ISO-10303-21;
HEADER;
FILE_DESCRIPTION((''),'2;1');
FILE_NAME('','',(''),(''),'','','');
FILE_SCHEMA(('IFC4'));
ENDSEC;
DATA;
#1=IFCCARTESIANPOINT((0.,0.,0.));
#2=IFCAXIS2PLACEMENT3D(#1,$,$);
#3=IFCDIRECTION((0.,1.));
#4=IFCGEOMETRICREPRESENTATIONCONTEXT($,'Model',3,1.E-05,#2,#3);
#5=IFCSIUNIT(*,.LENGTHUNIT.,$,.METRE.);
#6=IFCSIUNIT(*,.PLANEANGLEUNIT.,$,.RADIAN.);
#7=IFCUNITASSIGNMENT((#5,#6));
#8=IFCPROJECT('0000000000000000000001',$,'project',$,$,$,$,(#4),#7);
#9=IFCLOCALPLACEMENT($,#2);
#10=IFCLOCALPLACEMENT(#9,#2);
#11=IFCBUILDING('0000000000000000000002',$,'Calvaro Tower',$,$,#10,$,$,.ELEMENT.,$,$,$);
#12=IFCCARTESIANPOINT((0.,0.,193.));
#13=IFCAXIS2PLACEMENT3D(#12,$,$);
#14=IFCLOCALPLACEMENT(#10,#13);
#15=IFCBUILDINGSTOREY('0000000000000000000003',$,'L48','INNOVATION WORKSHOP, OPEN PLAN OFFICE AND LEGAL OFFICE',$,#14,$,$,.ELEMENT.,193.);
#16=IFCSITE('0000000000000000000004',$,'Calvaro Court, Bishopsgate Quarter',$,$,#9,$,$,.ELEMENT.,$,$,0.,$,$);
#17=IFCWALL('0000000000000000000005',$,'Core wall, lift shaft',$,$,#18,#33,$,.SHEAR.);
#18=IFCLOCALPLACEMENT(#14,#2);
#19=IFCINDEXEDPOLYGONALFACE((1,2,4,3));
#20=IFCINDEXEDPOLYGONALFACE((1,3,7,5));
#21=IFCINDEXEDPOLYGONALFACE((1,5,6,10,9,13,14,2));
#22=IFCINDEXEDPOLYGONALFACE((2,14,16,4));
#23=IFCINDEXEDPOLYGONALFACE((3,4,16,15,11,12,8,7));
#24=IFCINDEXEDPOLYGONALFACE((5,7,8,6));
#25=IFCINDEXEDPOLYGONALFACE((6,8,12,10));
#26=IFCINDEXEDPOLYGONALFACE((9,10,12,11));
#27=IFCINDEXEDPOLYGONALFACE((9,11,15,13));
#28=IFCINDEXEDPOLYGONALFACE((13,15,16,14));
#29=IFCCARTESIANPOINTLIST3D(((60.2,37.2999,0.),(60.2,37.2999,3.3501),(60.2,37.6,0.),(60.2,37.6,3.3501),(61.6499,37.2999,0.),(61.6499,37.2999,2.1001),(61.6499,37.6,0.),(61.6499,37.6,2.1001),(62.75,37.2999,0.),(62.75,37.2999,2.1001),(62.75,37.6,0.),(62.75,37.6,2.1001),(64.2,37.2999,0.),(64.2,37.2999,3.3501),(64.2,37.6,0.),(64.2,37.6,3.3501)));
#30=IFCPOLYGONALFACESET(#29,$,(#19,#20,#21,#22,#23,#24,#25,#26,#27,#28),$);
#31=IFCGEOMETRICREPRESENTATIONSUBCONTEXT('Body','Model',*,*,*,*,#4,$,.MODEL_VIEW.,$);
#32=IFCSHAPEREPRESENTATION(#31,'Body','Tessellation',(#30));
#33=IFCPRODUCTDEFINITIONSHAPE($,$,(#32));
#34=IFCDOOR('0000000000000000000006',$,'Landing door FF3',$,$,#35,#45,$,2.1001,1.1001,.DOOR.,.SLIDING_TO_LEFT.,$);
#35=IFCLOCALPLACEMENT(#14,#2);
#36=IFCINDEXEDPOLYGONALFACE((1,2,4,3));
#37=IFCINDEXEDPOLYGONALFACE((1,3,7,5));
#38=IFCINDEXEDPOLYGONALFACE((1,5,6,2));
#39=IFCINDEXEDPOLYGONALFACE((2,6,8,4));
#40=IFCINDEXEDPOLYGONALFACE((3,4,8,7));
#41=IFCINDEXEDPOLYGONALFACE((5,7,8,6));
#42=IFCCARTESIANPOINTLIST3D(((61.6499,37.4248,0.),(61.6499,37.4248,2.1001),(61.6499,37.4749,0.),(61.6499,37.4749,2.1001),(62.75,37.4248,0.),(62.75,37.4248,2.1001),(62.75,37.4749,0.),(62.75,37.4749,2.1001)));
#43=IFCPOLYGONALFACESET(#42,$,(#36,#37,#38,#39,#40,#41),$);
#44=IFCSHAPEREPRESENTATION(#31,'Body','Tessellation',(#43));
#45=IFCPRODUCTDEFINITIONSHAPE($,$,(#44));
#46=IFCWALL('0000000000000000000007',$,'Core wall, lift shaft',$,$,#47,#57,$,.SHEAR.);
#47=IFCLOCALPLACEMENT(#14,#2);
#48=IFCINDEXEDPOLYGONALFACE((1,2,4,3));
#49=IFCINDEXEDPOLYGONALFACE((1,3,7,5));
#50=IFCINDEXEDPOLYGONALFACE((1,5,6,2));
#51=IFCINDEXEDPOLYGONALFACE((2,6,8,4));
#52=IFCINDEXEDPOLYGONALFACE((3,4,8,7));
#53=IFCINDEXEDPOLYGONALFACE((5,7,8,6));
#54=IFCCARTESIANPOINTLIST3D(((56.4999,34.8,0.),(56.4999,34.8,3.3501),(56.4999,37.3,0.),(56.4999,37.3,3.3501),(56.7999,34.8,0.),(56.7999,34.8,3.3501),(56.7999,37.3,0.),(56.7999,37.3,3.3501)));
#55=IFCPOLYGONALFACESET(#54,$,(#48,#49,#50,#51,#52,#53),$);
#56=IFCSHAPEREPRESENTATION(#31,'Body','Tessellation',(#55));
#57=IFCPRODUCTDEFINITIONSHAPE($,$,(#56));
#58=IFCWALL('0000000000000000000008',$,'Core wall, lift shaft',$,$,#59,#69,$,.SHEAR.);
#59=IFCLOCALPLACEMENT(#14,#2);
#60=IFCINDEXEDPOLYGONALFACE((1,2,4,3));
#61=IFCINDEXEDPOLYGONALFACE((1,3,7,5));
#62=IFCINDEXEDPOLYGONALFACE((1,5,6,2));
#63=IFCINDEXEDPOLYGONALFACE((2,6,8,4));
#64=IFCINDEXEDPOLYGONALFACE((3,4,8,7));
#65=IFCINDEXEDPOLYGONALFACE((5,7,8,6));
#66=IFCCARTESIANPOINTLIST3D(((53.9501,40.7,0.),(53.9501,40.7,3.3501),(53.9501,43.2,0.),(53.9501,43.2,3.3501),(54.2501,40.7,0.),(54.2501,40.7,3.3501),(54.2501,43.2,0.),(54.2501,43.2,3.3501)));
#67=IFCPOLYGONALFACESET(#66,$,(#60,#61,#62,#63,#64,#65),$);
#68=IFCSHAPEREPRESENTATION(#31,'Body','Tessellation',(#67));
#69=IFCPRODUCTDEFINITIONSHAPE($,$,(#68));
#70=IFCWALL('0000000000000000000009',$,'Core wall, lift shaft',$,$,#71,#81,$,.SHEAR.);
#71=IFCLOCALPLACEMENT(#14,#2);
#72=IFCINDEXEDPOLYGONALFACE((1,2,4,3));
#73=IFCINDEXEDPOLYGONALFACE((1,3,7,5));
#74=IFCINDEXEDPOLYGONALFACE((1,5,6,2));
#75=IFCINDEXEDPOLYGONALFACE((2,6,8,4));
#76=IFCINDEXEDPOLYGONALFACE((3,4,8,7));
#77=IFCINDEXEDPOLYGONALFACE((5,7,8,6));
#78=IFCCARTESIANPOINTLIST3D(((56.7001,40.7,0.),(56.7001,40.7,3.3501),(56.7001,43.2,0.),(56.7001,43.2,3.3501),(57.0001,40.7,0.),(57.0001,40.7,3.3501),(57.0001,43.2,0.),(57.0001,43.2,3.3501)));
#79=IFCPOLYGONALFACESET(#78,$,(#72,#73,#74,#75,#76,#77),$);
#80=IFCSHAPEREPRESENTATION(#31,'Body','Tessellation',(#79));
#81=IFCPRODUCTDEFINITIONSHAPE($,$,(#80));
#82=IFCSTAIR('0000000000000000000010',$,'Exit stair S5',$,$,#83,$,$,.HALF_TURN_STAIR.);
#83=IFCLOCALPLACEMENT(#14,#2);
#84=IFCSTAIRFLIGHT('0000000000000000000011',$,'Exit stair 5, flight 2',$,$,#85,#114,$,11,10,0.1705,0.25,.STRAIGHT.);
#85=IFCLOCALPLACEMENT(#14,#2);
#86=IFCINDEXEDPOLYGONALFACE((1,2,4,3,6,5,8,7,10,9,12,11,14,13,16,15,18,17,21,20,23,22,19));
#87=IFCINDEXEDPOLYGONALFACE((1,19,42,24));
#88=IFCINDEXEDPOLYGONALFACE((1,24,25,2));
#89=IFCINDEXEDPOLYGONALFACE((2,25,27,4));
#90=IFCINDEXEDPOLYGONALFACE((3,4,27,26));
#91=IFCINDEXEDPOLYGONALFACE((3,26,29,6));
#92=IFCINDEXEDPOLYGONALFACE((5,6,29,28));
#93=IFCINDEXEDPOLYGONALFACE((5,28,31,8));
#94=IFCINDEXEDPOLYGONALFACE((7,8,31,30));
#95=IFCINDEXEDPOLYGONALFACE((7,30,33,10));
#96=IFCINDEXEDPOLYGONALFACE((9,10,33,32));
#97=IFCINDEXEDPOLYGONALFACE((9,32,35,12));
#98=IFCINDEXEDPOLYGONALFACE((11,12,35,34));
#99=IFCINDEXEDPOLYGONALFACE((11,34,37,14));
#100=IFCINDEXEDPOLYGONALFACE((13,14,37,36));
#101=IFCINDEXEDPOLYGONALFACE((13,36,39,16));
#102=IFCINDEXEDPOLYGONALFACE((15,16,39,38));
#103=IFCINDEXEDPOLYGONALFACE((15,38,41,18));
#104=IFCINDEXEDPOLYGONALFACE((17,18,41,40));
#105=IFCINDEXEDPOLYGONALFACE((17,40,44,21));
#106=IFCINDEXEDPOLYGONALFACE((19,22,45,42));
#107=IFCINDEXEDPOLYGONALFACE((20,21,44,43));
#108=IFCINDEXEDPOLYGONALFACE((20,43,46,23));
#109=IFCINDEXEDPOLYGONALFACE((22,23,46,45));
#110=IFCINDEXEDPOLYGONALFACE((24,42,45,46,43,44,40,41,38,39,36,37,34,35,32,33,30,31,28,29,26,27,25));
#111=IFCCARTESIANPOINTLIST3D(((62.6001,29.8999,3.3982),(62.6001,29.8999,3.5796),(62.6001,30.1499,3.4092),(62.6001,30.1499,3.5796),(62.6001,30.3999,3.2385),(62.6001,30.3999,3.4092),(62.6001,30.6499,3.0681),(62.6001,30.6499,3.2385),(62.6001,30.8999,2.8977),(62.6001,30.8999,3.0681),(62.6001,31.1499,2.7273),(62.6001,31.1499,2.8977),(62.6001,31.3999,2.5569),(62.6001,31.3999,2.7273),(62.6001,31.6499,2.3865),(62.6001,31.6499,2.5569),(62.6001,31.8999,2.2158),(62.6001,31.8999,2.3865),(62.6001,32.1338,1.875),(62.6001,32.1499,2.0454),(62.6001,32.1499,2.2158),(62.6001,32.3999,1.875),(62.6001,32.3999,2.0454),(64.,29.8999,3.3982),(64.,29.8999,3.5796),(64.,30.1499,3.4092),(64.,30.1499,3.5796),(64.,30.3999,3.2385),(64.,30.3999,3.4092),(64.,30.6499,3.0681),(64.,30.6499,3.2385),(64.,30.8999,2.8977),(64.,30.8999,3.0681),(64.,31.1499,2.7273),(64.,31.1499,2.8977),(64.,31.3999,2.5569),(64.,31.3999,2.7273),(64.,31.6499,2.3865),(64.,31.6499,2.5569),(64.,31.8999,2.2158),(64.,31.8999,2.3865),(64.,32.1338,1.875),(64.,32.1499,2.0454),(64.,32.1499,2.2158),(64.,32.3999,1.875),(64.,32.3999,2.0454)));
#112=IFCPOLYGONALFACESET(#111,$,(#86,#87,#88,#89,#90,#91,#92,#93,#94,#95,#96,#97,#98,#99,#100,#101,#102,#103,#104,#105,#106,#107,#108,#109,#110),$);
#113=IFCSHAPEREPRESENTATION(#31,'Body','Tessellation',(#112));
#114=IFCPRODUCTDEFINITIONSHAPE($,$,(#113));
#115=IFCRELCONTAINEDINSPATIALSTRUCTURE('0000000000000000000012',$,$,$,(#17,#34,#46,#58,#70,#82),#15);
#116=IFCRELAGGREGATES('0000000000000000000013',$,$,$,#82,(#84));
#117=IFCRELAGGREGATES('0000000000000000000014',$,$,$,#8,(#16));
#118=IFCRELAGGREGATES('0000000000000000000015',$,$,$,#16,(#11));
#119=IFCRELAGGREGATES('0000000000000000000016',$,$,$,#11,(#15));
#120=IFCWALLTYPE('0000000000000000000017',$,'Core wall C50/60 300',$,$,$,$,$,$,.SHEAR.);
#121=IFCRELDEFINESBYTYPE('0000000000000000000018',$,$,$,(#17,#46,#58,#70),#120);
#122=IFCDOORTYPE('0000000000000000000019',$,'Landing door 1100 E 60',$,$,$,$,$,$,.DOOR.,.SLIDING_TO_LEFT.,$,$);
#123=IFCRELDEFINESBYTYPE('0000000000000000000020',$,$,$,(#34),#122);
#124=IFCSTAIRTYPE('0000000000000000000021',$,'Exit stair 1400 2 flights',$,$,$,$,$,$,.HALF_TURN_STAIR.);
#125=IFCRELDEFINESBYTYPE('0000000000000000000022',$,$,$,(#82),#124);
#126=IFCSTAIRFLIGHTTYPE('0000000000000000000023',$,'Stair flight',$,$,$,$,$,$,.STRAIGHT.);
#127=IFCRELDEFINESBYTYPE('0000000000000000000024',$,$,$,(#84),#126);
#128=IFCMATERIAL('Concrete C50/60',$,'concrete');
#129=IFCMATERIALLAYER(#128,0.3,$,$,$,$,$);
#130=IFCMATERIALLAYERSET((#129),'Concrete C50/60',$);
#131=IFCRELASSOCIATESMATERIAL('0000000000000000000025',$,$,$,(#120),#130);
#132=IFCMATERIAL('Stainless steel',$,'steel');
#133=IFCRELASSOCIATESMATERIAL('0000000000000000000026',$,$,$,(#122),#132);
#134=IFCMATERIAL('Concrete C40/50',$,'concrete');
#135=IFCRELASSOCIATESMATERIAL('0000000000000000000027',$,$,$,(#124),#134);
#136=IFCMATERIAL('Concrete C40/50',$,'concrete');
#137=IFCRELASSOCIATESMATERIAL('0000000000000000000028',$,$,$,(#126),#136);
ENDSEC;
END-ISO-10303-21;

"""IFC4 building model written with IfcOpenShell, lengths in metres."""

from ifc_helpers import new_model, si_unit, direction, frame, frame_2d, origin, place, context, subcontext, project, spatial, polyline, rectangle, outline, extrude, material, layer, layer_set, type_object, element, fill, aggregate, save


model = new_model("IFC4")

# Units and contexts
model_context = context("Model", 3, precision=1e-05, world=origin(), true_north=direction((0.0, 1.0)))
body_context = subcontext(model_context, "Body", "Model", "MODEL_VIEW")
ifc_project = project(units=[si_unit("LENGTHUNIT", "METRE"), si_unit("PLANEANGLEUNIT", "RADIAN")], contexts=[model_context])

# Site, building, storey
site_placement = place(None, origin())
site = spatial("IfcSite", under=ifc_project, at=site_placement, Name="Calvaro Court, Bishopsgate Quarter", CompositionType="ELEMENT", RefElevation=0.0)
building_placement = place(site_placement, origin())
building = spatial("IfcBuilding", under=site, at=building_placement, Name="Calvaro Tower", CompositionType="ELEMENT")
storey_placement = place(building_placement, frame((0.0, 0.0, 193.0)))
storey = spatial("IfcBuildingStorey", under=building, at=storey_placement, Name="L48", Description="INNOVATION WORKSHOP, OPEN PLAN OFFICE AND LEGAL OFFICE", CompositionType="ELEMENT", Elevation=193.0)

# Shared definitions
ifc_material_1 = material(Name="Concrete C50/60", Category="concrete")
ifc_layer_1 = layer(ifc_material_1, 0.3)
ifc_layer_set_1 = layer_set([ifc_layer_1], Name="Concrete C50/60")
wall_type_1 = type_object("IfcWallType", Name="Core wall C50/60 300", PredefinedType="SHEAR", material=ifc_layer_set_1)

# Wall, opening, door
wall_1_placement = place(storey_placement, frame((60.2, 37.45, 0.0), z_axis=(0.0, 0.0, 1.0), x_axis=(1.0, 0.0, 0.0)))
wall_1 = element("IfcWall", 1, at=wall_1_placement, inside=storey, type_object=wall_type_1, Name="Core wall, lift shaft", PredefinedType="SHEAR", context=body_context, shape_type="SweptSolid", body=[
    extrude(rectangle(XDim=4.0, YDim=0.3, at=frame_2d((2.0, 0.0))), origin(), (0.0, 0.0, 1.0), 3.3501),
])
opening_1_placement = place(wall_1_placement, frame((1.45, 0.0, 0.0)))
opening_1 = element("IfcOpeningElement", 2, at=opening_1_placement, cuts=wall_1, PredefinedType="OPENING", context=body_context, shape_type="SweptSolid", body=[
    extrude(rectangle(XDim=1.1001, YDim=2.1001, at=frame_2d((0.55, 1.05))), frame((0.0, 0.1599, 0.0), z_axis=(0.0, -1.0, 0.0), x_axis=(1.0, 0.0, 0.0)), (0.0, 0.0, 1.0), 0.3201),
])
ifc_material_2 = material(Name="Stainless steel", Category="steel")
door_type_1 = type_object("IfcDoorType", Name="Landing door 1100 E 60", OperationType="SLIDING_TO_LEFT", PredefinedType="DOOR", material=ifc_material_2)
door_1_placement = place(opening_1_placement, origin())
door_1 = element("IfcDoor", 3, at=door_1_placement, inside=storey, type_object=door_type_1, Name="Landing door FF3", OperationType="SLIDING_TO_LEFT", OverallHeight=2.1001, OverallWidth=1.1001, PredefinedType="DOOR", context=body_context, shape_type="SweptSolid", body=[
    extrude(rectangle(XDim=1.1001, YDim=2.1001, at=frame_2d((0.55, 1.05))), frame((0.0, 0.0249, 0.0), z_axis=(0.0, -1.0, 0.0), x_axis=(1.0, 0.0, 0.0)), (0.0, 0.0, 1.0), 0.05),
])
fill(opening_1, door_1)

# Walls
for number, where, z_axis, x_axis, name in (
    (4, (56.6499, 34.8, 0.0), (0.0, 0.0, 1.0), (0.0, 1.0, 0.0), "Core wall, lift shaft"),
    (5, (54.1001, 40.7, 0.0), (0.0, 0.0, 1.0), (0.0, 1.0, 0.0), "Core wall, lift shaft"),
    (6, (56.8501, 40.7, 0.0), (0.0, 0.0, 1.0), (0.0, 1.0, 0.0), "Core wall, lift shaft"),
):
    element("IfcWall", number, at=place(storey_placement, frame(where, z_axis=z_axis, x_axis=x_axis)), inside=storey, type_object=wall_type_1, Name=name, PredefinedType="SHEAR", context=body_context, shape_type="SweptSolid", body=[
        extrude(rectangle(XDim=2.5, YDim=0.3, at=frame_2d((1.25, 0.0))), origin(), (0.0, 0.0, 1.0), 3.3501),
    ])

# Stair, stair flight
ifc_material_3 = material(Name="Concrete C40/50", Category="concrete")
stair_type = type_object("IfcStairType", Name="Exit stair 1400 2 flights", PredefinedType="HALF_TURN_STAIR", material=ifc_material_3)
stair_placement = place(storey_placement, origin())
stair = element("IfcStair", 7, at=stair_placement, inside=storey, type_object=stair_type, Name="Exit stair S5", PredefinedType="HALF_TURN_STAIR")
ifc_material_4 = material(Name="Concrete C40/50", Category="concrete")
stair_flight_type = type_object("IfcStairFlightType", Name="Stair flight", PredefinedType="STRAIGHT", material=ifc_material_4)
stair_flight_placement = place(storey_placement, frame((63.3, 32.3999, 1.875), z_axis=(0.0, 0.0, 1.0), x_axis=(0.0, -1.0, 0.0)))
stair_flight = element("IfcStairFlight", 8, at=stair_flight_placement, type_object=stair_flight_type, Name="Exit stair 5, flight 2", NumberOfRisers=11, NumberOfTreads=10, PredefinedType="STRAIGHT", RiserHeight=0.1705, TreadLength=0.25, context=body_context, shape_type="SweptSolid", body=[
    extrude(outline(polyline([(0.0, 0.0), (0.0, 0.1704), (0.25, 0.1704), (0.25, 0.3408), (0.5, 0.3408), (0.5, 0.5115), (0.75, 0.5115), (0.75, 0.6819), (1.0, 0.6819), (1.0, 0.8523), (1.25, 0.8523), (1.25, 1.0227), (1.5, 1.0227), (1.5, 1.1931), (1.75, 1.1931), (1.75, 1.3635), (2.0, 1.3635), (2.0, 1.5342), (2.25, 1.5342), (2.25, 1.7046), (2.5, 1.7046), (2.5, 1.875), (2.5, 1.5232), (0.2661, 0.0), (0.0, 0.0)])), frame((0.0, 0.7, 0.0), z_axis=(0.0, -1.0, 0.0), x_axis=(1.0, 0.0, 0.0)), (0.0, 0.0, 1.0), 1.3999),
])
aggregate(stair, [stair_flight])

save(model, "model.ifc")
